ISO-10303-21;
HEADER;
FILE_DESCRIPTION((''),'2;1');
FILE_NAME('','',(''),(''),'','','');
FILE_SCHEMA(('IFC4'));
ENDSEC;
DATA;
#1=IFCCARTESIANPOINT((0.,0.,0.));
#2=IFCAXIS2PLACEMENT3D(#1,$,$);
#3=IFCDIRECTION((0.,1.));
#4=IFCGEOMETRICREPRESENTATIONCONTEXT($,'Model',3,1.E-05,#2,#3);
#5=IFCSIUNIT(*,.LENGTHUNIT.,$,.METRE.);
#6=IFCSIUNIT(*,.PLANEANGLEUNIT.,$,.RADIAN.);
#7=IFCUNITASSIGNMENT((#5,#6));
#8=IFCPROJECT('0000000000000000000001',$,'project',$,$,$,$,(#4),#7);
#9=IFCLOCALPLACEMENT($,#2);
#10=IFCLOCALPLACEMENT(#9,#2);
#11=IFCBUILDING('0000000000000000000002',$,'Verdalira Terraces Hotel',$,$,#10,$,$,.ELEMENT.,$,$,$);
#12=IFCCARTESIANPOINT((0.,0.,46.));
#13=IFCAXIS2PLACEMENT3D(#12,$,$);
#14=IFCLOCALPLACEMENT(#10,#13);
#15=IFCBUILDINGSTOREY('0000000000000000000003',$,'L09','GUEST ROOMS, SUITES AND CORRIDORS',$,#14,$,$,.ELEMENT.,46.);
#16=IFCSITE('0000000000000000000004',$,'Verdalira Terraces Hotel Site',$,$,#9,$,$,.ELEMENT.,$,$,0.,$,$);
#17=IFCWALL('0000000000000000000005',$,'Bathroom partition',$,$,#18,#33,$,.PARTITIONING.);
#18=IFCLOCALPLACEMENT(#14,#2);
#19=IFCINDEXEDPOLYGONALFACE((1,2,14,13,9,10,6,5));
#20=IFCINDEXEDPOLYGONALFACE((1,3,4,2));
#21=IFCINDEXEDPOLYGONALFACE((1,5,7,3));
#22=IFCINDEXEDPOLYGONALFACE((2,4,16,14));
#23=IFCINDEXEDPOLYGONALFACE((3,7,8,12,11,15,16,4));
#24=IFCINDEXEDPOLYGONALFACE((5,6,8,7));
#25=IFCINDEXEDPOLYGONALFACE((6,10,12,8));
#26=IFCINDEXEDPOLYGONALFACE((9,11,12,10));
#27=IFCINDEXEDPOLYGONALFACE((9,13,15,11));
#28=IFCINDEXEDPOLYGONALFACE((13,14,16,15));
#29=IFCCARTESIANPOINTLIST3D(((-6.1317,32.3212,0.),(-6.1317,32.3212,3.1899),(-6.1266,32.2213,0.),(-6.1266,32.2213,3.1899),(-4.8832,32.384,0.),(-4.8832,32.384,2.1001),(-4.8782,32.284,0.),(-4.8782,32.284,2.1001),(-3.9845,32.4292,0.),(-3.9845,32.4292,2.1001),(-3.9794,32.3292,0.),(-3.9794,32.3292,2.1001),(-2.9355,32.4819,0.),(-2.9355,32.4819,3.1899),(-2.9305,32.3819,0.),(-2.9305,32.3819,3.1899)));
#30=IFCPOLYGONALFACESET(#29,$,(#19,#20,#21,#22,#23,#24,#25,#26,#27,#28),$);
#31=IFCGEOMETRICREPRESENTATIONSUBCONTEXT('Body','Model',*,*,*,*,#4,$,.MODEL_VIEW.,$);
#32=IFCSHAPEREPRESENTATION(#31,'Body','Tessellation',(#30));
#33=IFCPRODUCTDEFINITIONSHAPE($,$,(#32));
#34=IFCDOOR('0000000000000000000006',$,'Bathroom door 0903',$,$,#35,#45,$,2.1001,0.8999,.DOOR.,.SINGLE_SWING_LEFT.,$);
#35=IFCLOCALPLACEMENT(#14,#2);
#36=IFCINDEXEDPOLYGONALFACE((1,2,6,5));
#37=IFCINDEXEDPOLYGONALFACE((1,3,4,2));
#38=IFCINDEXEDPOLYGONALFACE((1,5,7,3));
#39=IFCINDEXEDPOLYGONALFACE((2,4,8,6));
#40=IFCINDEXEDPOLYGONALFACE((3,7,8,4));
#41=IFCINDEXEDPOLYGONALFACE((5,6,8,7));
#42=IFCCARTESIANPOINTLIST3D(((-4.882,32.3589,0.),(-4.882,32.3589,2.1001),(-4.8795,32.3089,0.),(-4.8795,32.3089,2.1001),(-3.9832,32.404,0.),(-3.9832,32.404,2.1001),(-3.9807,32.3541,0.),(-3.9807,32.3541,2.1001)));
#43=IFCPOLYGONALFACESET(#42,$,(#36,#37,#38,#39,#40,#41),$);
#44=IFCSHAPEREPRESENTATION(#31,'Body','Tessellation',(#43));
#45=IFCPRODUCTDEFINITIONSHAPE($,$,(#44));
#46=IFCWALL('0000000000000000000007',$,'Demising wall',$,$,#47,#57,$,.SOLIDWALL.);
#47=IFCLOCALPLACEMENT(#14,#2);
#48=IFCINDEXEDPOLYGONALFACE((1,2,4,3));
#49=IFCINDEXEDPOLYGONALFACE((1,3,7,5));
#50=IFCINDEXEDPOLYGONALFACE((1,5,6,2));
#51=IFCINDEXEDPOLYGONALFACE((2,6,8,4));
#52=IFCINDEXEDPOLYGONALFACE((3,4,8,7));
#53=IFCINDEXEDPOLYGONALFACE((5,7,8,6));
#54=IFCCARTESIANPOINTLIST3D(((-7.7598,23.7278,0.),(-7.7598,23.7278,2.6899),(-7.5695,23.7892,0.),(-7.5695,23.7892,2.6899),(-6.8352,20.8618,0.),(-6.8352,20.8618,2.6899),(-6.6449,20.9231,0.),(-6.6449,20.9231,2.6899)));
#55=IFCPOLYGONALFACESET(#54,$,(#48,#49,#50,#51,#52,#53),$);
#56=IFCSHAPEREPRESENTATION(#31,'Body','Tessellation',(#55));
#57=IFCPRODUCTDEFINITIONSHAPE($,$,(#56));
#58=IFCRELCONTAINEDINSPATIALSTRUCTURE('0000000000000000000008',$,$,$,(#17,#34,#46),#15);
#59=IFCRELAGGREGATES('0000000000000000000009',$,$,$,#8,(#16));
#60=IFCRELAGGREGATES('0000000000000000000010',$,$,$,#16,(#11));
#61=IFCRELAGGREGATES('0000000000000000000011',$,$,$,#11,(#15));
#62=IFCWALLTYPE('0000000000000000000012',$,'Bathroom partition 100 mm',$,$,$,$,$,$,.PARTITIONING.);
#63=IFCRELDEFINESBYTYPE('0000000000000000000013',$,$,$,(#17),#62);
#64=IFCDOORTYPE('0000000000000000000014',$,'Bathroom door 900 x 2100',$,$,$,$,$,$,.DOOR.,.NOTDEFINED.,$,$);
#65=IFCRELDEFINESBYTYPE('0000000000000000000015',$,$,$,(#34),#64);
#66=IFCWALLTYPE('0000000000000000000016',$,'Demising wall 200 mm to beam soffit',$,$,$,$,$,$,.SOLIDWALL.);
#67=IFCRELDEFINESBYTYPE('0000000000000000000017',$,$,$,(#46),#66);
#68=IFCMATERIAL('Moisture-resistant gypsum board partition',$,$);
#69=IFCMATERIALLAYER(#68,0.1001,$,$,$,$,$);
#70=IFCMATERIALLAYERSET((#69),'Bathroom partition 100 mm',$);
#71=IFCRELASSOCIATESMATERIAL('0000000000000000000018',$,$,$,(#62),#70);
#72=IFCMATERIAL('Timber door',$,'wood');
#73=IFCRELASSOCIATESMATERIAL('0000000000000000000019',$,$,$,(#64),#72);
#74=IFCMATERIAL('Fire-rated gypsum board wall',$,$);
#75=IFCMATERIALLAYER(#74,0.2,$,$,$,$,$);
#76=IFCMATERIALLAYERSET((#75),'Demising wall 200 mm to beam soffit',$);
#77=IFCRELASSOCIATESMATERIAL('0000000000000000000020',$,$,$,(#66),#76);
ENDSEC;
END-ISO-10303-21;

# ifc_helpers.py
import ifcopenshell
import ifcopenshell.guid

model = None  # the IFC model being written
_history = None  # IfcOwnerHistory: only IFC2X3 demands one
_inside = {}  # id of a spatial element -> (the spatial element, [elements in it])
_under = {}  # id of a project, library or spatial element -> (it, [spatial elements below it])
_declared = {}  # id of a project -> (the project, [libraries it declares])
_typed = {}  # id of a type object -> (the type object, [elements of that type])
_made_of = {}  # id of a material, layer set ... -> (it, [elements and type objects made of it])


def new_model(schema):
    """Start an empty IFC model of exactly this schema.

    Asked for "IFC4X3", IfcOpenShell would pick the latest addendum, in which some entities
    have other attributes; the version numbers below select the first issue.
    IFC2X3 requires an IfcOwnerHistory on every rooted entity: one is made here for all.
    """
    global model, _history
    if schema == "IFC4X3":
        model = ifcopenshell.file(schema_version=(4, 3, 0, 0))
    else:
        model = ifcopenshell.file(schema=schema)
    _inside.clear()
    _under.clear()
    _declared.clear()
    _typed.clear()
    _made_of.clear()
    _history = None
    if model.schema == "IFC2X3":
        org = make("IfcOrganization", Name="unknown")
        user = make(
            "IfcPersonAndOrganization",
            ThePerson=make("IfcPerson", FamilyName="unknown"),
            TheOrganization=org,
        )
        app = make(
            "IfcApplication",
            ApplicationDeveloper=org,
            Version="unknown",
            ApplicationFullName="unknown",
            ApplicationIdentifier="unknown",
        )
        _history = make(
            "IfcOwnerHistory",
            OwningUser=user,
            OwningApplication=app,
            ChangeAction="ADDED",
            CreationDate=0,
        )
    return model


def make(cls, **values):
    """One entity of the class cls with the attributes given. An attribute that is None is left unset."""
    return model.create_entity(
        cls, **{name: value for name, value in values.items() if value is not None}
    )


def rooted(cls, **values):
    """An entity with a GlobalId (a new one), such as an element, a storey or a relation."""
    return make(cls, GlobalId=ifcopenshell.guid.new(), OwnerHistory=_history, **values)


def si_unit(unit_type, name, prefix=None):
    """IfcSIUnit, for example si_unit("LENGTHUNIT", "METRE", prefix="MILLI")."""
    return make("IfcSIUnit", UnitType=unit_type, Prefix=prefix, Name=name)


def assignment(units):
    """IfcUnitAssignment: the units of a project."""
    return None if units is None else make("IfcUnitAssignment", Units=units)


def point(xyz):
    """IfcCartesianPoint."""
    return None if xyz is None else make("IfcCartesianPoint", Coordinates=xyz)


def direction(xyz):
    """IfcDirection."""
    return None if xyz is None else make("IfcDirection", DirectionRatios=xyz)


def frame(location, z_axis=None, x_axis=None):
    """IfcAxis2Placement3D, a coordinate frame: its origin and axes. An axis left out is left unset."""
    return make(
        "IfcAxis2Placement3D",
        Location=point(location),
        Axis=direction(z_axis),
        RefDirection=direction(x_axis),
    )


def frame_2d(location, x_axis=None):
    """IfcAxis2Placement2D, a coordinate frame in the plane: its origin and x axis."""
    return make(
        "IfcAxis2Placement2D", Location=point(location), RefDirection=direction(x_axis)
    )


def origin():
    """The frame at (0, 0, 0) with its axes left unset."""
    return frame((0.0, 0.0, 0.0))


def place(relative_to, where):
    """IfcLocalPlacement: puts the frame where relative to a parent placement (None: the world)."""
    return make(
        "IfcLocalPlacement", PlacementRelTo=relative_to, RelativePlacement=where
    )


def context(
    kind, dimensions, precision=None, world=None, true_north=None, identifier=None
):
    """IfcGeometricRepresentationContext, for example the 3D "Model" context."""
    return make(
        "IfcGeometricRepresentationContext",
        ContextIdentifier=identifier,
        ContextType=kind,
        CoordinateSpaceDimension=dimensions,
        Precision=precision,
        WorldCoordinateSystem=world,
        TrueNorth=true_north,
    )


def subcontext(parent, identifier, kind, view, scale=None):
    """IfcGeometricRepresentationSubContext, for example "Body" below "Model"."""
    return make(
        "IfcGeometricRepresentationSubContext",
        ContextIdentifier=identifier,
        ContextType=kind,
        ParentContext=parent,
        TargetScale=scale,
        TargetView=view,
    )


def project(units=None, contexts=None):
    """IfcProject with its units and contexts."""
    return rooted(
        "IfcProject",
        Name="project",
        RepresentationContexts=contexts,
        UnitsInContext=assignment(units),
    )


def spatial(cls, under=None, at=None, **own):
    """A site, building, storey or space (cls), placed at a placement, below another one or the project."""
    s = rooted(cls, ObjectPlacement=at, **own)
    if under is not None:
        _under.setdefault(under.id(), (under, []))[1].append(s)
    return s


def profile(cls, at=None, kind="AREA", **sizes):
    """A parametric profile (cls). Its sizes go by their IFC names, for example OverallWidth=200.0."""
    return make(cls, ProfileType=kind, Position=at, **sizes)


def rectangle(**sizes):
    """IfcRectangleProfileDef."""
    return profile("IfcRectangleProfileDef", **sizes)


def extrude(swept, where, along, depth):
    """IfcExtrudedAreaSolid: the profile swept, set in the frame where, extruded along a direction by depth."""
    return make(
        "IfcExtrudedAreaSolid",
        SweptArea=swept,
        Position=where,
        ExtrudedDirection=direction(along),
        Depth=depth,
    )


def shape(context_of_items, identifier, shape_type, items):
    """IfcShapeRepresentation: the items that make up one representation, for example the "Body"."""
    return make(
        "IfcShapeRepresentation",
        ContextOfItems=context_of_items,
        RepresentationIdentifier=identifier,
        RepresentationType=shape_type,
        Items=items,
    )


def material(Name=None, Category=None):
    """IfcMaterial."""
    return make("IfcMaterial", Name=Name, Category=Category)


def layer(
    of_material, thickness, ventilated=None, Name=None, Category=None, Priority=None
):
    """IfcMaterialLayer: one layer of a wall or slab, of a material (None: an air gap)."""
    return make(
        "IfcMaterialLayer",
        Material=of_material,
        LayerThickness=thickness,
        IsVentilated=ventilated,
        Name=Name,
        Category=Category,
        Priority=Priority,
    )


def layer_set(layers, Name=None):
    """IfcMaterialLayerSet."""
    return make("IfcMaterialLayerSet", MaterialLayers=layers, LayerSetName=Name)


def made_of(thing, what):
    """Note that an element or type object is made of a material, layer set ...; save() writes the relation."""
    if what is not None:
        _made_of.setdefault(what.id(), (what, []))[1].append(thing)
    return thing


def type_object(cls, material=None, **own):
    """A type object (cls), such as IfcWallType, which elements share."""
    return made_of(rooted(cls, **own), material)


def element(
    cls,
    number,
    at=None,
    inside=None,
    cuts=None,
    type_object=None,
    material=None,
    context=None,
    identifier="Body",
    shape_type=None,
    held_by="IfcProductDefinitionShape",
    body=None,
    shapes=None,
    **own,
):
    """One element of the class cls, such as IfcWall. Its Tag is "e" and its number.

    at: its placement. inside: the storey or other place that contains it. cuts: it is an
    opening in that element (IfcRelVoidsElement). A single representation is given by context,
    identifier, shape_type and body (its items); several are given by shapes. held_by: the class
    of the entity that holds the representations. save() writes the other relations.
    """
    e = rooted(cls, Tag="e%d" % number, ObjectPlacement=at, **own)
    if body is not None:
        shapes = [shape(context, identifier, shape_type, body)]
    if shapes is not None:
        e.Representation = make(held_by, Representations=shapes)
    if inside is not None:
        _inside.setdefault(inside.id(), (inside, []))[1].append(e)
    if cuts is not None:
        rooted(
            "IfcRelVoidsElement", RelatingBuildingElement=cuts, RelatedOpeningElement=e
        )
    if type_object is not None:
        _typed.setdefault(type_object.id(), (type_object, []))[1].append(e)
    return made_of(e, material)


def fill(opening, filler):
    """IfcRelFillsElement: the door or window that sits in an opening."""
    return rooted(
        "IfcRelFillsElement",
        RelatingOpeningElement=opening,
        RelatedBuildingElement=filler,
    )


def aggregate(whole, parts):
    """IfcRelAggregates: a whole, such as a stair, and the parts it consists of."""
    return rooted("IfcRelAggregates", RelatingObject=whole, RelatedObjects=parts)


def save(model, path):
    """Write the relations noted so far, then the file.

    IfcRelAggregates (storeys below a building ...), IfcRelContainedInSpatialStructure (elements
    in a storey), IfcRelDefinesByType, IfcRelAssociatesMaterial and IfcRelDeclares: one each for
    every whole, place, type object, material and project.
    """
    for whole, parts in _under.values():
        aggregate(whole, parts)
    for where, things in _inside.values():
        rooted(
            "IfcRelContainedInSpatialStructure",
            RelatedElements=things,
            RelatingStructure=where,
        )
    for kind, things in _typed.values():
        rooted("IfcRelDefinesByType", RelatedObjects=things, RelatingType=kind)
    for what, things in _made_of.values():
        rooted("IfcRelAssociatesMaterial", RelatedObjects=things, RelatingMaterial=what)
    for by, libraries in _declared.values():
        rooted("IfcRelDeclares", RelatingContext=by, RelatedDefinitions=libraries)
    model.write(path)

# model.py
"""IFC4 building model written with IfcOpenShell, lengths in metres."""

from ifc_helpers import new_model, si_unit, direction, frame, frame_2d, origin, place, context, subcontext, project, spatial, rectangle, extrude, material, layer, layer_set, type_object, element, fill, save


model = new_model("IFC4")

# Units and contexts
model_context = context("Model", 3, precision=1e-05, world=origin(), true_north=direction((0.0, 1.0)))
body_context = subcontext(model_context, "Body", "Model", "MODEL_VIEW")
ifc_project = project(units=[si_unit("LENGTHUNIT", "METRE"), si_unit("PLANEANGLEUNIT", "RADIAN")], contexts=[model_context])

# Site, building, storey
site_placement = place(None, origin())
site = spatial("IfcSite", under=ifc_project, at=site_placement, Name="Verdalira Terraces Hotel Site", CompositionType="ELEMENT", RefElevation=0.0)
building_placement = place(site_placement, origin())
building = spatial("IfcBuilding", under=site, at=building_placement, Name="Verdalira Terraces Hotel", CompositionType="ELEMENT")
storey_placement = place(building_placement, frame((0.0, 0.0, 46.0)))
storey = spatial("IfcBuildingStorey", under=building, at=storey_placement, Name="L09", Description="GUEST ROOMS, SUITES AND CORRIDORS", CompositionType="ELEMENT", Elevation=46.0)

# Shared definitions
ifc_material_1 = material(Name="Moisture-resistant gypsum board partition")
ifc_layer_1 = layer(ifc_material_1, 0.1001)
ifc_layer_set_1 = layer_set([ifc_layer_1], Name="Bathroom partition 100 mm")
wall_type_1 = type_object("IfcWallType", Name="Bathroom partition 100 mm", PredefinedType="PARTITIONING", material=ifc_layer_set_1)

# Wall, opening, door
wall_1_placement = place(storey_placement, frame((-6.1292, 32.2712, 0.0), z_axis=(0.0, 0.0, 1.0), x_axis=(0.998739, 0.0502, 0.0)))
wall_1 = element("IfcWall", 1, at=wall_1_placement, inside=storey, type_object=wall_type_1, Name="Bathroom partition", PredefinedType="PARTITIONING", context=body_context, shape_type="SweptSolid", body=[
    extrude(rectangle(XDim=3.2002, YDim=0.1001, at=frame_2d((1.6001, 0.0))), origin(), (0.0, 0.0, 1.0), 3.1899),
])
opening_1_placement = place(wall_1_placement, frame((1.25, 0.0, 0.0)))
opening_1 = element("IfcOpeningElement", 2, at=opening_1_placement, cuts=wall_1, PredefinedType="OPENING", context=body_context, shape_type="SweptSolid", body=[
    extrude(rectangle(XDim=0.8999, YDim=2.1001, at=frame_2d((0.45, 1.05))), frame((0.0, 0.0601, 0.0), z_axis=(0.0, -1.0, 0.0), x_axis=(1.0, 0.0, 0.0)), (0.0, 0.0, 1.0), 0.1201),
])
ifc_material_2 = material(Name="Timber door", Category="wood")
door_type_1 = type_object("IfcDoorType", Name="Bathroom door 900 x 2100", OperationType="NOTDEFINED", PredefinedType="DOOR", material=ifc_material_2)
door_1_placement = place(opening_1_placement, origin())
door_1 = element("IfcDoor", 3, at=door_1_placement, inside=storey, type_object=door_type_1, Name="Bathroom door 0903", OperationType="SINGLE_SWING_LEFT", OverallHeight=2.1001, OverallWidth=0.8999, PredefinedType="DOOR", context=body_context, shape_type="SweptSolid", body=[
    extrude(rectangle(XDim=0.8999, YDim=2.1001, at=frame_2d((0.45, 1.05))), frame((0.0, 0.0249, 0.0), z_axis=(0.0, -1.0, 0.0), x_axis=(1.0, 0.0, 0.0)), (0.0, 0.0, 1.0), 0.05),
])
fill(opening_1, door_1)

# Wall
ifc_material_3 = material(Name="Fire-rated gypsum board wall")
ifc_layer_2 = layer(ifc_material_3, 0.2)
ifc_layer_set_2 = layer_set([ifc_layer_2], Name="Demising wall 200 mm to beam soffit")
wall_type_2 = type_object("IfcWallType", Name="Demising wall 200 mm to beam soffit", PredefinedType="SOLIDWALL", material=ifc_layer_set_2)
wall_2_placement = place(storey_placement, frame((-6.74, 20.8923, 0.0), z_axis=(0.0, 0.0, 1.0), x_axis=(-0.307019, 0.951703, 0.0)))
element("IfcWall", 4, at=wall_2_placement, inside=storey, type_object=wall_type_2, Name="Demising wall", PredefinedType="SOLIDWALL", context=body_context, shape_type="SweptSolid", body=[
    extrude(rectangle(XDim=3.0115, YDim=0.2, at=frame_2d((1.5059, 0.0))), origin(), (0.0, 0.0, 1.0), 2.6899),
])

save(model, "model.ifc")
